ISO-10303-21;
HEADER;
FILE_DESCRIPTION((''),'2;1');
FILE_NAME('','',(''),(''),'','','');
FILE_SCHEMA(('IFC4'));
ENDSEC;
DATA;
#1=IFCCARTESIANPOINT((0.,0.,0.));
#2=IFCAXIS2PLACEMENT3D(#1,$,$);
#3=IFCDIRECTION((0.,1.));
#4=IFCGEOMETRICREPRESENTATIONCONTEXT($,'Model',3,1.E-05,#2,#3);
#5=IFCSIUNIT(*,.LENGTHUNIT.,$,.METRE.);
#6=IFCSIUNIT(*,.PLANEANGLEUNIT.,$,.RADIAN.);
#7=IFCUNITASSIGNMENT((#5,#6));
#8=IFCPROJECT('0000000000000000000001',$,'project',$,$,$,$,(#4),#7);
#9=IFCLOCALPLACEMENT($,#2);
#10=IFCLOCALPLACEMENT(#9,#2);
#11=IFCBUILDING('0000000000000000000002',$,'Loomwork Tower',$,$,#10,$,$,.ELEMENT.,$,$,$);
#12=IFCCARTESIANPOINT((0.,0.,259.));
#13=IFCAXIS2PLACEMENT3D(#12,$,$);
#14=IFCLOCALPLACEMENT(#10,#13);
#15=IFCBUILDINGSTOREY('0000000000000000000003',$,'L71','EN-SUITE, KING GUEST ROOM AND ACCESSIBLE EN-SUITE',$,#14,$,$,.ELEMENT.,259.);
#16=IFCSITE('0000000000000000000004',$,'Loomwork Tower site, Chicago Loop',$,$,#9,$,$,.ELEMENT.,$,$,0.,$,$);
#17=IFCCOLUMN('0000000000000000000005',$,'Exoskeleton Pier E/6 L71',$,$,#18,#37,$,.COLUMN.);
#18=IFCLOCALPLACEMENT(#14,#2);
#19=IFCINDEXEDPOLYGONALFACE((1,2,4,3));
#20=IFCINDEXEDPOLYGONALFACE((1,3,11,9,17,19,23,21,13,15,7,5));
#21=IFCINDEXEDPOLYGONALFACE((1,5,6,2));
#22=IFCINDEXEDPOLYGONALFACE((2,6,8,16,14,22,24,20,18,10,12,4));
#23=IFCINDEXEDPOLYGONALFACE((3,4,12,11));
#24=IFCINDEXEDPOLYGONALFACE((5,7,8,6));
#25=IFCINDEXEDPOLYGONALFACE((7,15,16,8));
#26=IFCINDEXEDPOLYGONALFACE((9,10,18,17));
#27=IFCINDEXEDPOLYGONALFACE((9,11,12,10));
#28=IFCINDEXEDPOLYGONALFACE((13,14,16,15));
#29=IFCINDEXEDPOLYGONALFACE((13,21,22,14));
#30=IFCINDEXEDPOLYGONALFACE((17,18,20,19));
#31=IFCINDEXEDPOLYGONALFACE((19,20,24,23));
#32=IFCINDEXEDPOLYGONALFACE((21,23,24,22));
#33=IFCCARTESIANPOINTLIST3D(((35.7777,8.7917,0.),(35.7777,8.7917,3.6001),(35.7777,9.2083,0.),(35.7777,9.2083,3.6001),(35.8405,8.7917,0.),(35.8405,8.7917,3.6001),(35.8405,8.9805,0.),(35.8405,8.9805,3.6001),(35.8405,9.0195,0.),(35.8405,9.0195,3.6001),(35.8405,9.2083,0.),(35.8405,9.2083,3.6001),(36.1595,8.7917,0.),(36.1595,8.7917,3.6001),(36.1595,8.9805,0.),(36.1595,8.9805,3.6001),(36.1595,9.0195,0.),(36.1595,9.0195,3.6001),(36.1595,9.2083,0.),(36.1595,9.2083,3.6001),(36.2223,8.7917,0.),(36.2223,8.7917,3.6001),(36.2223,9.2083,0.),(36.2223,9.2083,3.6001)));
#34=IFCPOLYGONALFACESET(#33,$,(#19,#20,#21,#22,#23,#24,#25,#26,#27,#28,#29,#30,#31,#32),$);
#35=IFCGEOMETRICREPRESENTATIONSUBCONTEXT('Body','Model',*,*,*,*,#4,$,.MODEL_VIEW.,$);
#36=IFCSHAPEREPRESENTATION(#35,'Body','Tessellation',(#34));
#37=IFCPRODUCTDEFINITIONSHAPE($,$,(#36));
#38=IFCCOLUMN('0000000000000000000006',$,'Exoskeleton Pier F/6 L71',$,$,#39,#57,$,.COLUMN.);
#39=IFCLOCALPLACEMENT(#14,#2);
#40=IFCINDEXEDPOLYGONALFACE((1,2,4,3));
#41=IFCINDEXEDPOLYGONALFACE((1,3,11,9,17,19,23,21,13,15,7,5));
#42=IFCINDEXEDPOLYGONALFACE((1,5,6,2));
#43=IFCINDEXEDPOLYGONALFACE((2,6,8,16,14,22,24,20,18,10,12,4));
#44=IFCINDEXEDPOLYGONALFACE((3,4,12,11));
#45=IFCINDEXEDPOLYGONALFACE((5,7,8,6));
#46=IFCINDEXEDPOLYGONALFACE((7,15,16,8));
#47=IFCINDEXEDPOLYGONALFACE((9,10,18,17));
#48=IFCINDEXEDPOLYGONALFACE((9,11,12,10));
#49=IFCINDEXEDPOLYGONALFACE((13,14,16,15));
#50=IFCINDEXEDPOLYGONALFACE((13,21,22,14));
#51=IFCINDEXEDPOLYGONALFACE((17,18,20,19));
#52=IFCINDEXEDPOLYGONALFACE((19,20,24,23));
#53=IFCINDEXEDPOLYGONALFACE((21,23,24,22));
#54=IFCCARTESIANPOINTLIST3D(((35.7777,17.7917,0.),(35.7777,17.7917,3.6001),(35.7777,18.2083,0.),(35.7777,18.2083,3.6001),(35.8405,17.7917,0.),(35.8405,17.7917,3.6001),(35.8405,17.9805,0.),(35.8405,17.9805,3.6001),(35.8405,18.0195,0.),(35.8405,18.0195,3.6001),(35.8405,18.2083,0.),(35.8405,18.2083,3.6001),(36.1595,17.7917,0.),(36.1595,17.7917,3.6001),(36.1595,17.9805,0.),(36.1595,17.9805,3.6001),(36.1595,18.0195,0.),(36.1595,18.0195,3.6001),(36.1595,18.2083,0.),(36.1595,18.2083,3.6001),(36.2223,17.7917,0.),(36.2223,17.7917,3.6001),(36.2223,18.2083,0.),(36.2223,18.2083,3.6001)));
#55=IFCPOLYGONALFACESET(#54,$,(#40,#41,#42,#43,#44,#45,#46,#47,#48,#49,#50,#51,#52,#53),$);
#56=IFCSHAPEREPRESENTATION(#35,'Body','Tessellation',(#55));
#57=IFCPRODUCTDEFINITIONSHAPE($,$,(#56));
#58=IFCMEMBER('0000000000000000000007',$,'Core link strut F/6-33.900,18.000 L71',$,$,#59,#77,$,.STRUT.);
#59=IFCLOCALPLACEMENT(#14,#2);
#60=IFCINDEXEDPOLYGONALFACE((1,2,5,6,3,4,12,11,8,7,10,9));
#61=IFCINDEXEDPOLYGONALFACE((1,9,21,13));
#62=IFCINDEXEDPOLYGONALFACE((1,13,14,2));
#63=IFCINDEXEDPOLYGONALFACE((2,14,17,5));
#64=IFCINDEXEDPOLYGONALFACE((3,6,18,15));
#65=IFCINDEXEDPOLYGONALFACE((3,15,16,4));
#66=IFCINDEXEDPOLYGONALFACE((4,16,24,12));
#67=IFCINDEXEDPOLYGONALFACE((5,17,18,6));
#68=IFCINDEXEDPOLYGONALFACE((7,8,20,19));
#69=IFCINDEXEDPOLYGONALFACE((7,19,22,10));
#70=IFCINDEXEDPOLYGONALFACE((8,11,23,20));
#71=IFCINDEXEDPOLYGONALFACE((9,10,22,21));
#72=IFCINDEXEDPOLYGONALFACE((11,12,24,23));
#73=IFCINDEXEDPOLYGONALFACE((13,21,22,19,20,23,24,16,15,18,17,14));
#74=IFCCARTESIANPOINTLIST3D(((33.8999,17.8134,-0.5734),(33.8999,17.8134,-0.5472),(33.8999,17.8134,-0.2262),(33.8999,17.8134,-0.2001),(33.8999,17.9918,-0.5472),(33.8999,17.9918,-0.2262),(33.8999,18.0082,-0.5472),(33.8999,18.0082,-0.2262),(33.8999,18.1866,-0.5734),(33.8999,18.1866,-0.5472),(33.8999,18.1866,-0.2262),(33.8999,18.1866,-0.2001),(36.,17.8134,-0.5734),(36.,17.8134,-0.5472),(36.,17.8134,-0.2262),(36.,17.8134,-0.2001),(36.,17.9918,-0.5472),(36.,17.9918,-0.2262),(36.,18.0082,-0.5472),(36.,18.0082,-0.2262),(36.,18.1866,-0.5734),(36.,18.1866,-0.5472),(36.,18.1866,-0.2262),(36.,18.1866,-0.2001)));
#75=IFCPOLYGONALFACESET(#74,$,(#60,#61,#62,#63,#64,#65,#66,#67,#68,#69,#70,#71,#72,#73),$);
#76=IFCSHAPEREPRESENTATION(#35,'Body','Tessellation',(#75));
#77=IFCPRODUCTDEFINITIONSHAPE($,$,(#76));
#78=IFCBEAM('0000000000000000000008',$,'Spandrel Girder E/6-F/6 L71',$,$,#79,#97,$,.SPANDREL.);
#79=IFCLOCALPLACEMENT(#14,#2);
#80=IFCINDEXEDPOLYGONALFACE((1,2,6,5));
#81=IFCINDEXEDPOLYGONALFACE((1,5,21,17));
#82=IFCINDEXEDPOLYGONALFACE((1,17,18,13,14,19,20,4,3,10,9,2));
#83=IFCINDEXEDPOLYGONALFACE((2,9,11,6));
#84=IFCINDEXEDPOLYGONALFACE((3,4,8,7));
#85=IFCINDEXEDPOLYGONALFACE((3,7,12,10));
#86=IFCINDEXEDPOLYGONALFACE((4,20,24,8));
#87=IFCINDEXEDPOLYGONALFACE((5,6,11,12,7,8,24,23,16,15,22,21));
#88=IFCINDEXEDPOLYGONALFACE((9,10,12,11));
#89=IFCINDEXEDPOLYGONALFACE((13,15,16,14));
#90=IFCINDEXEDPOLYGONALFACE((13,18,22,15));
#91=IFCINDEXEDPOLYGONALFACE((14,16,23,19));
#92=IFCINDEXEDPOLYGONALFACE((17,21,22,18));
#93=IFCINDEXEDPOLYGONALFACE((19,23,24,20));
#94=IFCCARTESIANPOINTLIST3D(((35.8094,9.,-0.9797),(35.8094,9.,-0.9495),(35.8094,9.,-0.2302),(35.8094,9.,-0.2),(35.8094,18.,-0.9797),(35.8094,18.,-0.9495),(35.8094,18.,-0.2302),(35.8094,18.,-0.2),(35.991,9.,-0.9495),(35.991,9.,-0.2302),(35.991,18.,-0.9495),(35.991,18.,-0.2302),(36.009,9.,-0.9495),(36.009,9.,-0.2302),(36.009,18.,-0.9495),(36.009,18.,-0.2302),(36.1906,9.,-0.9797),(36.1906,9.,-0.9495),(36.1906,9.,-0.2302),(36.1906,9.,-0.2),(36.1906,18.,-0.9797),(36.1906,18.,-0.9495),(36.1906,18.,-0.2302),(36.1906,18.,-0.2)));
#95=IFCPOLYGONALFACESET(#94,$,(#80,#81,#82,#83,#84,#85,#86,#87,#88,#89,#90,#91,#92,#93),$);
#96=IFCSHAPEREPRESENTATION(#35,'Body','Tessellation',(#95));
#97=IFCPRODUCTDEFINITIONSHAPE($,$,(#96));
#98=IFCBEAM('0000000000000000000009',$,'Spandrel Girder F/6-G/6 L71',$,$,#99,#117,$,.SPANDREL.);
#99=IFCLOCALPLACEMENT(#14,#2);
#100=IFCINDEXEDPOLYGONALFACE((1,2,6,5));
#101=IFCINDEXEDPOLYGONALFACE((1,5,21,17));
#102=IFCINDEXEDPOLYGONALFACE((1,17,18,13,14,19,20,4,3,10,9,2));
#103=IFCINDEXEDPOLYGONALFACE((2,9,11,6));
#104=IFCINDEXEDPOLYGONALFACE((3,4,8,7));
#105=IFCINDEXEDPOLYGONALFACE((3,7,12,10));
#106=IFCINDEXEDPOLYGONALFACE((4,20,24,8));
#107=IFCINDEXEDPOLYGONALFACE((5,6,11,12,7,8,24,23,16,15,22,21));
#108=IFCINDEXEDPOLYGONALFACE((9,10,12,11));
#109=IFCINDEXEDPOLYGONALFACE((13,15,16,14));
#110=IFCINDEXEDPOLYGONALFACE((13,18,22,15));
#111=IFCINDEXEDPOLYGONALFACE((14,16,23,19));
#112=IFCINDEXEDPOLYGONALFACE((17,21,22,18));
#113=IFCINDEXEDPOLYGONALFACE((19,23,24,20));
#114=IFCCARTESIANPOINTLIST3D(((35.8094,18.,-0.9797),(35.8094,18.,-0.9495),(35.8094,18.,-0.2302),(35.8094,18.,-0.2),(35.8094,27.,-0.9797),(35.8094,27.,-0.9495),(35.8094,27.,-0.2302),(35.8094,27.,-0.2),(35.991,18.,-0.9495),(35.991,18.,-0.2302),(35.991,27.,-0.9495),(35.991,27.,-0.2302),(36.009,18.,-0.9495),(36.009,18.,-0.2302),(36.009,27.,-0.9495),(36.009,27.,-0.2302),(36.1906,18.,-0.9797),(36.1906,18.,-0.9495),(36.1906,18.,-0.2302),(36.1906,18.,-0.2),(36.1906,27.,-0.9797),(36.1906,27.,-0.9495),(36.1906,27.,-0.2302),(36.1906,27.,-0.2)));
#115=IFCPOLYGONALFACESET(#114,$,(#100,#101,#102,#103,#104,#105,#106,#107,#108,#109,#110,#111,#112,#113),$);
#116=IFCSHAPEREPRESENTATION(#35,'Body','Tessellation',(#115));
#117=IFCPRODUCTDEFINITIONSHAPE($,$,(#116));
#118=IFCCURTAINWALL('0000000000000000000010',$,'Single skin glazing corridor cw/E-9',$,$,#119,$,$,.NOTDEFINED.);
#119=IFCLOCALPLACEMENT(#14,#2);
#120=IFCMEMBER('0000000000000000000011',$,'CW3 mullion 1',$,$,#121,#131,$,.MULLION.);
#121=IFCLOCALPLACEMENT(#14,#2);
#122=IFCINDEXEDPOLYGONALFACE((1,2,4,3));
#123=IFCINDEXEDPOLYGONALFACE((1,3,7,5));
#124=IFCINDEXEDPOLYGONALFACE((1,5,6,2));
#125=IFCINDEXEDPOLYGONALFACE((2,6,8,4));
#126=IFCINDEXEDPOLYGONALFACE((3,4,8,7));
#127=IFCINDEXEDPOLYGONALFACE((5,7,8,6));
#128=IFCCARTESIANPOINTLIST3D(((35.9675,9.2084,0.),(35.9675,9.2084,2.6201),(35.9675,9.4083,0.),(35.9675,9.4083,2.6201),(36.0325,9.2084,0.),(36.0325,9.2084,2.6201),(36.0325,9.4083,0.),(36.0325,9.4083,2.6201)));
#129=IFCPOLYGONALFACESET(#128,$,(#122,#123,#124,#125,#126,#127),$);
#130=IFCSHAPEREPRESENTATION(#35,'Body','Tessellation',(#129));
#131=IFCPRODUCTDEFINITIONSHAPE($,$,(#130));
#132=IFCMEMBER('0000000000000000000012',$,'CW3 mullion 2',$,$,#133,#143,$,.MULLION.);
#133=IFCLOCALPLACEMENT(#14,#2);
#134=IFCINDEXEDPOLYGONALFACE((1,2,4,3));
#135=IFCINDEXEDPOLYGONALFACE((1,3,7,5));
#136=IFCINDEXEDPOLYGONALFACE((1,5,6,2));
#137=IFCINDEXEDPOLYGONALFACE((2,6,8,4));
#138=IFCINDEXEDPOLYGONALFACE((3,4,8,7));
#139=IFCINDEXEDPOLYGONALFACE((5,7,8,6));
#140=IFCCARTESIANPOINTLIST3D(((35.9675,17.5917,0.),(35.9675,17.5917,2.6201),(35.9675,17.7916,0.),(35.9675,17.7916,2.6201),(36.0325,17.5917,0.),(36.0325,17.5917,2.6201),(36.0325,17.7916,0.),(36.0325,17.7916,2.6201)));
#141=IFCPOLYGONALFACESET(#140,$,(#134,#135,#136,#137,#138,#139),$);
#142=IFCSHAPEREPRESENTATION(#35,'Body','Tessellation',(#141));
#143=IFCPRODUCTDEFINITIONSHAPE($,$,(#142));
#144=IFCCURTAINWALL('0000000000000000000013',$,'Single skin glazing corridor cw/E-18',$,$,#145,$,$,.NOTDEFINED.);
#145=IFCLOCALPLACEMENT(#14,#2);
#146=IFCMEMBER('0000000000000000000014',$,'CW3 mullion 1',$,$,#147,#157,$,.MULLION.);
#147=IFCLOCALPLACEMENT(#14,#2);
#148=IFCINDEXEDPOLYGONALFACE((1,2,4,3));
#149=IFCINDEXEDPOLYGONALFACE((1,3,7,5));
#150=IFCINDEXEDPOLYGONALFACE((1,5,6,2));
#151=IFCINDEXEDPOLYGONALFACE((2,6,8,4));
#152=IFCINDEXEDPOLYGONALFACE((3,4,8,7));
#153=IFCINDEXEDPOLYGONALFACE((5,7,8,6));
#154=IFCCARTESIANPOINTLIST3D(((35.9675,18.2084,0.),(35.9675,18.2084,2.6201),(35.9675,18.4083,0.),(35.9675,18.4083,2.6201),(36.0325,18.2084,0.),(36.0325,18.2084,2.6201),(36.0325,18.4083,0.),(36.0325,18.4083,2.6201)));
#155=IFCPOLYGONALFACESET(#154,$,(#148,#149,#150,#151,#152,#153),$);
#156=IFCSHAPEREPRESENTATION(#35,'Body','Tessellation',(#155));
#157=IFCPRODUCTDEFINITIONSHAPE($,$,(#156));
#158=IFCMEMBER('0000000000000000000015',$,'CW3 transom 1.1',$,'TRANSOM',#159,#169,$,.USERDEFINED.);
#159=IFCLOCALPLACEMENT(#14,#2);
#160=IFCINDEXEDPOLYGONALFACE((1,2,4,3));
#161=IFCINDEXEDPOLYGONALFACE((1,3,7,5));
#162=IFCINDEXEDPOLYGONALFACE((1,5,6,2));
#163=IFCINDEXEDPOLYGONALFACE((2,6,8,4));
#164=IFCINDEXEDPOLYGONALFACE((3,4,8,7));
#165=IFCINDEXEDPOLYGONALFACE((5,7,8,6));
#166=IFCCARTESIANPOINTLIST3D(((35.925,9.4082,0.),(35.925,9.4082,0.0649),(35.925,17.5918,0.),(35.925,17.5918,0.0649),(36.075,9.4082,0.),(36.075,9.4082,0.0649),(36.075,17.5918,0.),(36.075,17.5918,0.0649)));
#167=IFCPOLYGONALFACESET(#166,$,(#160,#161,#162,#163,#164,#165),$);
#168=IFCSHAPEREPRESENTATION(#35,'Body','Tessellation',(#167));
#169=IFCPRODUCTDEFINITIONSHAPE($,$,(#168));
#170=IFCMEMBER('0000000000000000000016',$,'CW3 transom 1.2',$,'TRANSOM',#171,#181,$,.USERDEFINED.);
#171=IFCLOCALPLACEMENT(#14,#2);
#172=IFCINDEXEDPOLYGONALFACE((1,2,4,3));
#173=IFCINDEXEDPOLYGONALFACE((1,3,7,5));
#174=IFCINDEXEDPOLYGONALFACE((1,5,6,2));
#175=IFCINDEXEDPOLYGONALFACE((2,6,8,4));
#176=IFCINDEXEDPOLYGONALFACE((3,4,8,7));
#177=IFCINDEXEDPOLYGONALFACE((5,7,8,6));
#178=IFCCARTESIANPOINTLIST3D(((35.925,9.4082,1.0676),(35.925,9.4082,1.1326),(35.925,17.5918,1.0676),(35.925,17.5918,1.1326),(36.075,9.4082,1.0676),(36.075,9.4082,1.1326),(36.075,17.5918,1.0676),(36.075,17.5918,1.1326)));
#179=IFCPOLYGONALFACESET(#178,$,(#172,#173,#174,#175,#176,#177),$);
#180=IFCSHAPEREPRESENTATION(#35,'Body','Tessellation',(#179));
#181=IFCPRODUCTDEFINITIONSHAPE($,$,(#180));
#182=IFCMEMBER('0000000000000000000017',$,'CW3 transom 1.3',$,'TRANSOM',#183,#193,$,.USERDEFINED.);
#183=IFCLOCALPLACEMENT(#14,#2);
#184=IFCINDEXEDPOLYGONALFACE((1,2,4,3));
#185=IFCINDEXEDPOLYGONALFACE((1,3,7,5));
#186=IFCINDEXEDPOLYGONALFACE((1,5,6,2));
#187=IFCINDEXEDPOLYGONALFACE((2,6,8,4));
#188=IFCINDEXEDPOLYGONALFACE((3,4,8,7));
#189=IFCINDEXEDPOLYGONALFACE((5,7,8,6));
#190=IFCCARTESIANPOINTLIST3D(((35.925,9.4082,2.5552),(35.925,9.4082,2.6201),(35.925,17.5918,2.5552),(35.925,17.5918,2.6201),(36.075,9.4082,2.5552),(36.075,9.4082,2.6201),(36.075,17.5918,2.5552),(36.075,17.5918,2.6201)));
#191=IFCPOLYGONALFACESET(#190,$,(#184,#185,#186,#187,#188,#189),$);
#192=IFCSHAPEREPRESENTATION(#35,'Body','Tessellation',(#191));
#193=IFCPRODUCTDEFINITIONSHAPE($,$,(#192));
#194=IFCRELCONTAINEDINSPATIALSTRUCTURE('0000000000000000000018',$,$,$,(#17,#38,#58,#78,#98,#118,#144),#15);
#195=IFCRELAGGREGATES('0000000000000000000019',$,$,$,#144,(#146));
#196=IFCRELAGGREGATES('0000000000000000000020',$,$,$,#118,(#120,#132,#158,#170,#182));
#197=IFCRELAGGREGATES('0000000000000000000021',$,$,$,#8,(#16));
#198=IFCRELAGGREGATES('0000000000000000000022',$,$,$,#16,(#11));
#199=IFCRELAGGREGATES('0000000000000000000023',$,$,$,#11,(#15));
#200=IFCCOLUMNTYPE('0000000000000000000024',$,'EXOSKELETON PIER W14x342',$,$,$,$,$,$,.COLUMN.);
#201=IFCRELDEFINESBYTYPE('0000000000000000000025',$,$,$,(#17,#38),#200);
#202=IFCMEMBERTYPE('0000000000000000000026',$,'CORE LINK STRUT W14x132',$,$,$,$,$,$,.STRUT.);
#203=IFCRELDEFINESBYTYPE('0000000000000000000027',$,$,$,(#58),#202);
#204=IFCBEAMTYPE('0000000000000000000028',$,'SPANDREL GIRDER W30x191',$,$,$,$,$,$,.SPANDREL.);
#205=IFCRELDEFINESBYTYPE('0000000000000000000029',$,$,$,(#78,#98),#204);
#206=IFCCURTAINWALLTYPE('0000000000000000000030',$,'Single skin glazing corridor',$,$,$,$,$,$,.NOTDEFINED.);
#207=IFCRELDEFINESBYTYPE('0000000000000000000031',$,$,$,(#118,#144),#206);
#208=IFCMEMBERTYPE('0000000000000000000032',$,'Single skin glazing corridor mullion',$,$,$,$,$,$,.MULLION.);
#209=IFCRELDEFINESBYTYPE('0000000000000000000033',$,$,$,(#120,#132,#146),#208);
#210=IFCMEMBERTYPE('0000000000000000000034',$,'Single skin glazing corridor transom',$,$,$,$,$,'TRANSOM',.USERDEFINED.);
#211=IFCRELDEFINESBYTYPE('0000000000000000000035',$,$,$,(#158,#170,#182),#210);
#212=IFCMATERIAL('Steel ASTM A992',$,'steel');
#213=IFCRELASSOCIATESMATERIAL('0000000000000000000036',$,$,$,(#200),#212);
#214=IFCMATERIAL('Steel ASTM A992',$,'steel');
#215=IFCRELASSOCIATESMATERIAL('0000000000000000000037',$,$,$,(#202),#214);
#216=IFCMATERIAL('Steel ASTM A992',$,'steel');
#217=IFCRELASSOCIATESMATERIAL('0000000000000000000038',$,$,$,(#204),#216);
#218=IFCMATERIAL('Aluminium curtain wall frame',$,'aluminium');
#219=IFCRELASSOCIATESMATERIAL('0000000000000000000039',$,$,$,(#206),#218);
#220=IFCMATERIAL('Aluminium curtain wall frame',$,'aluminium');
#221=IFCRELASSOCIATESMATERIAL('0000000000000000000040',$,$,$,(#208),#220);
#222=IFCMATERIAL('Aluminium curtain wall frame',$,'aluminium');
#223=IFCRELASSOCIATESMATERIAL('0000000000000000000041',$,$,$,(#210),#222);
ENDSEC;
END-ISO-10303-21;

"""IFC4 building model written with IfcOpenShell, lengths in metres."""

from ifc_helpers import new_model, si_unit, direction, frame, origin, origin_2d, place, context, subcontext, project, spatial, rectangle, i_section, extrude, material, material_profile, profile_set, type_object, element, aggregate, save


model = new_model("IFC4")

# Units and contexts
model_context = context("Model", 3, precision=1e-05, world=origin(), true_north=direction((0.0, 1.0)))
body_context = subcontext(model_context, "Body", "Model", "MODEL_VIEW")
ifc_project = project(units=[si_unit("LENGTHUNIT", "METRE"), si_unit("PLANEANGLEUNIT", "RADIAN")], contexts=[model_context])

# Site, building, storey
site_placement = place(None, origin())
site = spatial("IfcSite", under=ifc_project, at=site_placement, Name="Loomwork Tower site, Chicago Loop", CompositionType="ELEMENT", RefElevation=0.0)
building_placement = place(site_placement, origin())
building = spatial("IfcBuilding", under=site, at=building_placement, Name="Loomwork Tower", CompositionType="ELEMENT")
storey_placement = place(building_placement, frame((0.0, 0.0, 259.0)))
storey = spatial("IfcBuildingStorey", under=building, at=storey_placement, Name="L71", Description="EN-SUITE, KING GUEST ROOM AND ACCESSIBLE EN-SUITE", CompositionType="ELEMENT", Elevation=259.0)

# Columns
ifc_material_1 = material(Name="Steel ASTM A992", Category="steel")
ifc_material_profile_1 = material_profile(ifc_material_1, i_section(OverallWidth=0.4165, OverallDepth=0.4446, WebThickness=0.0391, FlangeThickness=0.0627, at=origin_2d()), Name="W14x342")
ifc_profile_set_1 = profile_set([ifc_material_profile_1], Name="Steel ASTM A992")
column_type = type_object("IfcColumnType", Name="EXOSKELETON PIER W14x342", PredefinedType="COLUMN", material=ifc_profile_set_1)
for number, where, z_axis, x_axis, name in (
    (1, (36.0, 9.0, 0.0), (0.0, 0.0, 1.0), (0.0, 1.0, 0.0), "Exoskeleton Pier E/6 L71"),
    (2, (36.0, 18.0, 0.0), (0.0, 0.0, 1.0), (0.0, 1.0, 0.0), "Exoskeleton Pier F/6 L71"),
):
    element("IfcColumn", number, at=place(storey_placement, frame(where, z_axis=z_axis, x_axis=x_axis)), inside=storey, type_object=column_type, Name=name, PredefinedType="COLUMN", context=body_context, shape_type="SweptSolid", body=[
        extrude(i_section(OverallWidth=0.4165, OverallDepth=0.4446, WebThickness=0.0391, FlangeThickness=0.0627, at=origin_2d()), origin(), (0.0, 0.0, 1.0), 3.6001),
    ])

# Member
ifc_material_2 = material(Name="Steel ASTM A992", Category="steel")
ifc_material_profile_2 = material_profile(ifc_material_2, i_section(OverallWidth=0.3733, OverallDepth=0.3733, WebThickness=0.0164, FlangeThickness=0.0261, at=origin_2d()), Name="W14x132")
ifc_profile_set_2 = profile_set([ifc_material_profile_2], Name="Steel ASTM A992")
member_type_1 = type_object("IfcMemberType", Name="CORE LINK STRUT W14x132", PredefinedType="STRUT", material=ifc_profile_set_2)
member_1_placement = place(storey_placement, frame((36.0, 18.0, -0.3867), z_axis=(-1.0, 0.0, 0.0), x_axis=(0.0, -1.0, 0.0)))
element("IfcMember", 3, at=member_1_placement, inside=storey, type_object=member_type_1, Name="Core link strut F/6-33.900,18.000 L71", PredefinedType="STRUT", context=body_context, shape_type="SweptSolid", body=[
    extrude(i_section(OverallWidth=0.3733, OverallDepth=0.3733, WebThickness=0.0164, FlangeThickness=0.0261, at=origin_2d()), origin(), (0.0, 0.0, 1.0), 2.1001),
])

# Beams
ifc_material_3 = material(Name="Steel ASTM A992", Category="steel")
ifc_material_profile_3 = material_profile(ifc_material_3, i_section(OverallWidth=0.3811, OverallDepth=0.7798, WebThickness=0.0181, FlangeThickness=0.0303, at=origin_2d()), Name="W30x191")
ifc_profile_set_3 = profile_set([ifc_material_profile_3], Name="Steel ASTM A992")
beam_type = type_object("IfcBeamType", Name="SPANDREL GIRDER W30x191", PredefinedType="SPANDREL", material=ifc_profile_set_3)
for number, where, z_axis, x_axis, name in (
    (4, (36.0, 9.0, -0.5898), (0.0, 1.0, 0.0), (-1.0, 0.0, 0.0), "Spandrel Girder E/6-F/6 L71"),
    (5, (36.0, 18.0, -0.5898), (0.0, 1.0, 0.0), (-1.0, 0.0, 0.0), "Spandrel Girder F/6-G/6 L71"),
):
    element("IfcBeam", number, at=place(storey_placement, frame(where, z_axis=z_axis, x_axis=x_axis)), inside=storey, type_object=beam_type, Name=name, PredefinedType="SPANDREL", context=body_context, shape_type="SweptSolid", body=[
        extrude(i_section(OverallWidth=0.3811, OverallDepth=0.7798, WebThickness=0.0181, FlangeThickness=0.0303, at=origin_2d()), origin(), (0.0, 0.0, 1.0), 9.0),
    ])

# Curtain wall, members
ifc_material_4 = material(Name="Aluminium curtain wall frame", Category="aluminium")
curtain_wall_type = type_object("IfcCurtainWallType", Name="Single skin glazing corridor", PredefinedType="NOTDEFINED", material=ifc_material_4)
curtain_wall_1_placement = place(storey_placement, origin())
curtain_wall_1 = element("IfcCurtainWall", 6, at=curtain_wall_1_placement, inside=storey, type_object=curtain_wall_type, Name="Single skin glazing corridor cw/E-9", PredefinedType="NOTDEFINED")
ifc_material_5 = material(Name="Aluminium curtain wall frame", Category="aluminium")
ifc_material_profile_4 = material_profile(ifc_material_5, rectangle(XDim=0.0649, YDim=0.2, at=origin_2d()), Name="AL 65x200")
ifc_profile_set_4 = profile_set([ifc_material_profile_4], Name="Aluminium curtain wall frame")
member_type_2 = type_object("IfcMemberType", Name="Single skin glazing corridor mullion", PredefinedType="MULLION", material=ifc_profile_set_4)
member_2_placement = place(storey_placement, frame((36.0, 9.3083, 0.0), z_axis=(0.0, 0.0, 1.0), x_axis=(-1.0, 0.0, 0.0)))
member_2 = element("IfcMember", 7, at=member_2_placement, type_object=member_type_2, Name="CW3 mullion 1", PredefinedType="MULLION", context=body_context, shape_type="SweptSolid", body=[
    extrude(rectangle(XDim=0.0649, YDim=0.2, at=origin_2d()), origin(), (0.0, 0.0, 1.0), 2.6201),
])
member_3_placement = place(storey_placement, frame((36.0, 17.6917, 0.0), z_axis=(0.0, 0.0, 1.0), x_axis=(-1.0, 0.0, 0.0)))
member_3 = element("IfcMember", 8, at=member_3_placement, type_object=member_type_2, Name="CW3 mullion 2", PredefinedType="MULLION", context=body_context, shape_type="SweptSolid", body=[
    extrude(rectangle(XDim=0.0649, YDim=0.2, at=origin_2d()), origin(), (0.0, 0.0, 1.0), 2.6201),
])

# Curtain wall, member
curtain_wall_2_placement = place(storey_placement, origin())
curtain_wall_2 = element("IfcCurtainWall", 9, at=curtain_wall_2_placement, inside=storey, type_object=curtain_wall_type, Name="Single skin glazing corridor cw/E-18", PredefinedType="NOTDEFINED")
member_4_placement = place(storey_placement, frame((36.0, 18.3083, 0.0), z_axis=(0.0, 0.0, 1.0), x_axis=(-1.0, 0.0, 0.0)))
member_4 = element("IfcMember", 10, at=member_4_placement, type_object=member_type_2, Name="CW3 mullion 1", PredefinedType="MULLION", context=body_context, shape_type="SweptSolid", body=[
    extrude(rectangle(XDim=0.0649, YDim=0.2, at=origin_2d()), origin(), (0.0, 0.0, 1.0), 2.6201),
])
aggregate(curtain_wall_2, [member_4])

# Members
ifc_material_6 = material(Name="Aluminium curtain wall frame", Category="aluminium")
ifc_material_profile_5 = material_profile(ifc_material_6, rectangle(XDim=0.1499, YDim=0.0649, at=origin_2d()), Name="AL 65x150")
ifc_profile_set_5 = profile_set([ifc_material_profile_5], Name="Aluminium curtain wall frame")
member_type_3 = type_object("IfcMemberType", Name="Single skin glazing corridor transom", ElementType="TRANSOM", PredefinedType="USERDEFINED", material=ifc_profile_set_5)
member_5_placement = place(storey_placement, frame((36.0, 9.4082, 0.0325), z_axis=(0.0, 1.0, 0.0), x_axis=(-1.0, 0.0, 0.0)))
member_5 = element("IfcMember", 11, at=member_5_placement, type_object=member_type_3, Name="CW3 transom 1.1", ObjectType="TRANSOM", PredefinedType="USERDEFINED", context=body_context, shape_type="SweptSolid", body=[
    extrude(rectangle(XDim=0.1499, YDim=0.0649, at=origin_2d()), origin(), (0.0, 0.0, 1.0), 8.1836),
])
member_6_placement = place(storey_placement, frame((36.0, 9.4082, 1.1001), z_axis=(0.0, 1.0, 0.0), x_axis=(-1.0, 0.0, 0.0)))
member_6 = element("IfcMember", 12, at=member_6_placement, type_object=member_type_3, Name="CW3 transom 1.2", ObjectType="TRANSOM", PredefinedType="USERDEFINED", context=body_context, shape_type="SweptSolid", body=[
    extrude(rectangle(XDim=0.1499, YDim=0.0649, at=origin_2d()), origin(), (0.0, 0.0, 1.0), 8.1836),
])
member_7_placement = place(storey_placement, frame((36.0, 9.4082, 2.5876), z_axis=(0.0, 1.0, 0.0), x_axis=(-1.0, 0.0, 0.0)))
member_7 = element("IfcMember", 13, at=member_7_placement, type_object=member_type_3, Name="CW3 transom 1.3", ObjectType="TRANSOM", PredefinedType="USERDEFINED", context=body_context, shape_type="SweptSolid", body=[
    extrude(rectangle(XDim=0.1499, YDim=0.0649, at=origin_2d()), origin(), (0.0, 0.0, 1.0), 8.1836),
])

aggregate(curtain_wall_1, [member_2, member_3, member_5, member_6, member_7])

save(model, "model.ifc")
